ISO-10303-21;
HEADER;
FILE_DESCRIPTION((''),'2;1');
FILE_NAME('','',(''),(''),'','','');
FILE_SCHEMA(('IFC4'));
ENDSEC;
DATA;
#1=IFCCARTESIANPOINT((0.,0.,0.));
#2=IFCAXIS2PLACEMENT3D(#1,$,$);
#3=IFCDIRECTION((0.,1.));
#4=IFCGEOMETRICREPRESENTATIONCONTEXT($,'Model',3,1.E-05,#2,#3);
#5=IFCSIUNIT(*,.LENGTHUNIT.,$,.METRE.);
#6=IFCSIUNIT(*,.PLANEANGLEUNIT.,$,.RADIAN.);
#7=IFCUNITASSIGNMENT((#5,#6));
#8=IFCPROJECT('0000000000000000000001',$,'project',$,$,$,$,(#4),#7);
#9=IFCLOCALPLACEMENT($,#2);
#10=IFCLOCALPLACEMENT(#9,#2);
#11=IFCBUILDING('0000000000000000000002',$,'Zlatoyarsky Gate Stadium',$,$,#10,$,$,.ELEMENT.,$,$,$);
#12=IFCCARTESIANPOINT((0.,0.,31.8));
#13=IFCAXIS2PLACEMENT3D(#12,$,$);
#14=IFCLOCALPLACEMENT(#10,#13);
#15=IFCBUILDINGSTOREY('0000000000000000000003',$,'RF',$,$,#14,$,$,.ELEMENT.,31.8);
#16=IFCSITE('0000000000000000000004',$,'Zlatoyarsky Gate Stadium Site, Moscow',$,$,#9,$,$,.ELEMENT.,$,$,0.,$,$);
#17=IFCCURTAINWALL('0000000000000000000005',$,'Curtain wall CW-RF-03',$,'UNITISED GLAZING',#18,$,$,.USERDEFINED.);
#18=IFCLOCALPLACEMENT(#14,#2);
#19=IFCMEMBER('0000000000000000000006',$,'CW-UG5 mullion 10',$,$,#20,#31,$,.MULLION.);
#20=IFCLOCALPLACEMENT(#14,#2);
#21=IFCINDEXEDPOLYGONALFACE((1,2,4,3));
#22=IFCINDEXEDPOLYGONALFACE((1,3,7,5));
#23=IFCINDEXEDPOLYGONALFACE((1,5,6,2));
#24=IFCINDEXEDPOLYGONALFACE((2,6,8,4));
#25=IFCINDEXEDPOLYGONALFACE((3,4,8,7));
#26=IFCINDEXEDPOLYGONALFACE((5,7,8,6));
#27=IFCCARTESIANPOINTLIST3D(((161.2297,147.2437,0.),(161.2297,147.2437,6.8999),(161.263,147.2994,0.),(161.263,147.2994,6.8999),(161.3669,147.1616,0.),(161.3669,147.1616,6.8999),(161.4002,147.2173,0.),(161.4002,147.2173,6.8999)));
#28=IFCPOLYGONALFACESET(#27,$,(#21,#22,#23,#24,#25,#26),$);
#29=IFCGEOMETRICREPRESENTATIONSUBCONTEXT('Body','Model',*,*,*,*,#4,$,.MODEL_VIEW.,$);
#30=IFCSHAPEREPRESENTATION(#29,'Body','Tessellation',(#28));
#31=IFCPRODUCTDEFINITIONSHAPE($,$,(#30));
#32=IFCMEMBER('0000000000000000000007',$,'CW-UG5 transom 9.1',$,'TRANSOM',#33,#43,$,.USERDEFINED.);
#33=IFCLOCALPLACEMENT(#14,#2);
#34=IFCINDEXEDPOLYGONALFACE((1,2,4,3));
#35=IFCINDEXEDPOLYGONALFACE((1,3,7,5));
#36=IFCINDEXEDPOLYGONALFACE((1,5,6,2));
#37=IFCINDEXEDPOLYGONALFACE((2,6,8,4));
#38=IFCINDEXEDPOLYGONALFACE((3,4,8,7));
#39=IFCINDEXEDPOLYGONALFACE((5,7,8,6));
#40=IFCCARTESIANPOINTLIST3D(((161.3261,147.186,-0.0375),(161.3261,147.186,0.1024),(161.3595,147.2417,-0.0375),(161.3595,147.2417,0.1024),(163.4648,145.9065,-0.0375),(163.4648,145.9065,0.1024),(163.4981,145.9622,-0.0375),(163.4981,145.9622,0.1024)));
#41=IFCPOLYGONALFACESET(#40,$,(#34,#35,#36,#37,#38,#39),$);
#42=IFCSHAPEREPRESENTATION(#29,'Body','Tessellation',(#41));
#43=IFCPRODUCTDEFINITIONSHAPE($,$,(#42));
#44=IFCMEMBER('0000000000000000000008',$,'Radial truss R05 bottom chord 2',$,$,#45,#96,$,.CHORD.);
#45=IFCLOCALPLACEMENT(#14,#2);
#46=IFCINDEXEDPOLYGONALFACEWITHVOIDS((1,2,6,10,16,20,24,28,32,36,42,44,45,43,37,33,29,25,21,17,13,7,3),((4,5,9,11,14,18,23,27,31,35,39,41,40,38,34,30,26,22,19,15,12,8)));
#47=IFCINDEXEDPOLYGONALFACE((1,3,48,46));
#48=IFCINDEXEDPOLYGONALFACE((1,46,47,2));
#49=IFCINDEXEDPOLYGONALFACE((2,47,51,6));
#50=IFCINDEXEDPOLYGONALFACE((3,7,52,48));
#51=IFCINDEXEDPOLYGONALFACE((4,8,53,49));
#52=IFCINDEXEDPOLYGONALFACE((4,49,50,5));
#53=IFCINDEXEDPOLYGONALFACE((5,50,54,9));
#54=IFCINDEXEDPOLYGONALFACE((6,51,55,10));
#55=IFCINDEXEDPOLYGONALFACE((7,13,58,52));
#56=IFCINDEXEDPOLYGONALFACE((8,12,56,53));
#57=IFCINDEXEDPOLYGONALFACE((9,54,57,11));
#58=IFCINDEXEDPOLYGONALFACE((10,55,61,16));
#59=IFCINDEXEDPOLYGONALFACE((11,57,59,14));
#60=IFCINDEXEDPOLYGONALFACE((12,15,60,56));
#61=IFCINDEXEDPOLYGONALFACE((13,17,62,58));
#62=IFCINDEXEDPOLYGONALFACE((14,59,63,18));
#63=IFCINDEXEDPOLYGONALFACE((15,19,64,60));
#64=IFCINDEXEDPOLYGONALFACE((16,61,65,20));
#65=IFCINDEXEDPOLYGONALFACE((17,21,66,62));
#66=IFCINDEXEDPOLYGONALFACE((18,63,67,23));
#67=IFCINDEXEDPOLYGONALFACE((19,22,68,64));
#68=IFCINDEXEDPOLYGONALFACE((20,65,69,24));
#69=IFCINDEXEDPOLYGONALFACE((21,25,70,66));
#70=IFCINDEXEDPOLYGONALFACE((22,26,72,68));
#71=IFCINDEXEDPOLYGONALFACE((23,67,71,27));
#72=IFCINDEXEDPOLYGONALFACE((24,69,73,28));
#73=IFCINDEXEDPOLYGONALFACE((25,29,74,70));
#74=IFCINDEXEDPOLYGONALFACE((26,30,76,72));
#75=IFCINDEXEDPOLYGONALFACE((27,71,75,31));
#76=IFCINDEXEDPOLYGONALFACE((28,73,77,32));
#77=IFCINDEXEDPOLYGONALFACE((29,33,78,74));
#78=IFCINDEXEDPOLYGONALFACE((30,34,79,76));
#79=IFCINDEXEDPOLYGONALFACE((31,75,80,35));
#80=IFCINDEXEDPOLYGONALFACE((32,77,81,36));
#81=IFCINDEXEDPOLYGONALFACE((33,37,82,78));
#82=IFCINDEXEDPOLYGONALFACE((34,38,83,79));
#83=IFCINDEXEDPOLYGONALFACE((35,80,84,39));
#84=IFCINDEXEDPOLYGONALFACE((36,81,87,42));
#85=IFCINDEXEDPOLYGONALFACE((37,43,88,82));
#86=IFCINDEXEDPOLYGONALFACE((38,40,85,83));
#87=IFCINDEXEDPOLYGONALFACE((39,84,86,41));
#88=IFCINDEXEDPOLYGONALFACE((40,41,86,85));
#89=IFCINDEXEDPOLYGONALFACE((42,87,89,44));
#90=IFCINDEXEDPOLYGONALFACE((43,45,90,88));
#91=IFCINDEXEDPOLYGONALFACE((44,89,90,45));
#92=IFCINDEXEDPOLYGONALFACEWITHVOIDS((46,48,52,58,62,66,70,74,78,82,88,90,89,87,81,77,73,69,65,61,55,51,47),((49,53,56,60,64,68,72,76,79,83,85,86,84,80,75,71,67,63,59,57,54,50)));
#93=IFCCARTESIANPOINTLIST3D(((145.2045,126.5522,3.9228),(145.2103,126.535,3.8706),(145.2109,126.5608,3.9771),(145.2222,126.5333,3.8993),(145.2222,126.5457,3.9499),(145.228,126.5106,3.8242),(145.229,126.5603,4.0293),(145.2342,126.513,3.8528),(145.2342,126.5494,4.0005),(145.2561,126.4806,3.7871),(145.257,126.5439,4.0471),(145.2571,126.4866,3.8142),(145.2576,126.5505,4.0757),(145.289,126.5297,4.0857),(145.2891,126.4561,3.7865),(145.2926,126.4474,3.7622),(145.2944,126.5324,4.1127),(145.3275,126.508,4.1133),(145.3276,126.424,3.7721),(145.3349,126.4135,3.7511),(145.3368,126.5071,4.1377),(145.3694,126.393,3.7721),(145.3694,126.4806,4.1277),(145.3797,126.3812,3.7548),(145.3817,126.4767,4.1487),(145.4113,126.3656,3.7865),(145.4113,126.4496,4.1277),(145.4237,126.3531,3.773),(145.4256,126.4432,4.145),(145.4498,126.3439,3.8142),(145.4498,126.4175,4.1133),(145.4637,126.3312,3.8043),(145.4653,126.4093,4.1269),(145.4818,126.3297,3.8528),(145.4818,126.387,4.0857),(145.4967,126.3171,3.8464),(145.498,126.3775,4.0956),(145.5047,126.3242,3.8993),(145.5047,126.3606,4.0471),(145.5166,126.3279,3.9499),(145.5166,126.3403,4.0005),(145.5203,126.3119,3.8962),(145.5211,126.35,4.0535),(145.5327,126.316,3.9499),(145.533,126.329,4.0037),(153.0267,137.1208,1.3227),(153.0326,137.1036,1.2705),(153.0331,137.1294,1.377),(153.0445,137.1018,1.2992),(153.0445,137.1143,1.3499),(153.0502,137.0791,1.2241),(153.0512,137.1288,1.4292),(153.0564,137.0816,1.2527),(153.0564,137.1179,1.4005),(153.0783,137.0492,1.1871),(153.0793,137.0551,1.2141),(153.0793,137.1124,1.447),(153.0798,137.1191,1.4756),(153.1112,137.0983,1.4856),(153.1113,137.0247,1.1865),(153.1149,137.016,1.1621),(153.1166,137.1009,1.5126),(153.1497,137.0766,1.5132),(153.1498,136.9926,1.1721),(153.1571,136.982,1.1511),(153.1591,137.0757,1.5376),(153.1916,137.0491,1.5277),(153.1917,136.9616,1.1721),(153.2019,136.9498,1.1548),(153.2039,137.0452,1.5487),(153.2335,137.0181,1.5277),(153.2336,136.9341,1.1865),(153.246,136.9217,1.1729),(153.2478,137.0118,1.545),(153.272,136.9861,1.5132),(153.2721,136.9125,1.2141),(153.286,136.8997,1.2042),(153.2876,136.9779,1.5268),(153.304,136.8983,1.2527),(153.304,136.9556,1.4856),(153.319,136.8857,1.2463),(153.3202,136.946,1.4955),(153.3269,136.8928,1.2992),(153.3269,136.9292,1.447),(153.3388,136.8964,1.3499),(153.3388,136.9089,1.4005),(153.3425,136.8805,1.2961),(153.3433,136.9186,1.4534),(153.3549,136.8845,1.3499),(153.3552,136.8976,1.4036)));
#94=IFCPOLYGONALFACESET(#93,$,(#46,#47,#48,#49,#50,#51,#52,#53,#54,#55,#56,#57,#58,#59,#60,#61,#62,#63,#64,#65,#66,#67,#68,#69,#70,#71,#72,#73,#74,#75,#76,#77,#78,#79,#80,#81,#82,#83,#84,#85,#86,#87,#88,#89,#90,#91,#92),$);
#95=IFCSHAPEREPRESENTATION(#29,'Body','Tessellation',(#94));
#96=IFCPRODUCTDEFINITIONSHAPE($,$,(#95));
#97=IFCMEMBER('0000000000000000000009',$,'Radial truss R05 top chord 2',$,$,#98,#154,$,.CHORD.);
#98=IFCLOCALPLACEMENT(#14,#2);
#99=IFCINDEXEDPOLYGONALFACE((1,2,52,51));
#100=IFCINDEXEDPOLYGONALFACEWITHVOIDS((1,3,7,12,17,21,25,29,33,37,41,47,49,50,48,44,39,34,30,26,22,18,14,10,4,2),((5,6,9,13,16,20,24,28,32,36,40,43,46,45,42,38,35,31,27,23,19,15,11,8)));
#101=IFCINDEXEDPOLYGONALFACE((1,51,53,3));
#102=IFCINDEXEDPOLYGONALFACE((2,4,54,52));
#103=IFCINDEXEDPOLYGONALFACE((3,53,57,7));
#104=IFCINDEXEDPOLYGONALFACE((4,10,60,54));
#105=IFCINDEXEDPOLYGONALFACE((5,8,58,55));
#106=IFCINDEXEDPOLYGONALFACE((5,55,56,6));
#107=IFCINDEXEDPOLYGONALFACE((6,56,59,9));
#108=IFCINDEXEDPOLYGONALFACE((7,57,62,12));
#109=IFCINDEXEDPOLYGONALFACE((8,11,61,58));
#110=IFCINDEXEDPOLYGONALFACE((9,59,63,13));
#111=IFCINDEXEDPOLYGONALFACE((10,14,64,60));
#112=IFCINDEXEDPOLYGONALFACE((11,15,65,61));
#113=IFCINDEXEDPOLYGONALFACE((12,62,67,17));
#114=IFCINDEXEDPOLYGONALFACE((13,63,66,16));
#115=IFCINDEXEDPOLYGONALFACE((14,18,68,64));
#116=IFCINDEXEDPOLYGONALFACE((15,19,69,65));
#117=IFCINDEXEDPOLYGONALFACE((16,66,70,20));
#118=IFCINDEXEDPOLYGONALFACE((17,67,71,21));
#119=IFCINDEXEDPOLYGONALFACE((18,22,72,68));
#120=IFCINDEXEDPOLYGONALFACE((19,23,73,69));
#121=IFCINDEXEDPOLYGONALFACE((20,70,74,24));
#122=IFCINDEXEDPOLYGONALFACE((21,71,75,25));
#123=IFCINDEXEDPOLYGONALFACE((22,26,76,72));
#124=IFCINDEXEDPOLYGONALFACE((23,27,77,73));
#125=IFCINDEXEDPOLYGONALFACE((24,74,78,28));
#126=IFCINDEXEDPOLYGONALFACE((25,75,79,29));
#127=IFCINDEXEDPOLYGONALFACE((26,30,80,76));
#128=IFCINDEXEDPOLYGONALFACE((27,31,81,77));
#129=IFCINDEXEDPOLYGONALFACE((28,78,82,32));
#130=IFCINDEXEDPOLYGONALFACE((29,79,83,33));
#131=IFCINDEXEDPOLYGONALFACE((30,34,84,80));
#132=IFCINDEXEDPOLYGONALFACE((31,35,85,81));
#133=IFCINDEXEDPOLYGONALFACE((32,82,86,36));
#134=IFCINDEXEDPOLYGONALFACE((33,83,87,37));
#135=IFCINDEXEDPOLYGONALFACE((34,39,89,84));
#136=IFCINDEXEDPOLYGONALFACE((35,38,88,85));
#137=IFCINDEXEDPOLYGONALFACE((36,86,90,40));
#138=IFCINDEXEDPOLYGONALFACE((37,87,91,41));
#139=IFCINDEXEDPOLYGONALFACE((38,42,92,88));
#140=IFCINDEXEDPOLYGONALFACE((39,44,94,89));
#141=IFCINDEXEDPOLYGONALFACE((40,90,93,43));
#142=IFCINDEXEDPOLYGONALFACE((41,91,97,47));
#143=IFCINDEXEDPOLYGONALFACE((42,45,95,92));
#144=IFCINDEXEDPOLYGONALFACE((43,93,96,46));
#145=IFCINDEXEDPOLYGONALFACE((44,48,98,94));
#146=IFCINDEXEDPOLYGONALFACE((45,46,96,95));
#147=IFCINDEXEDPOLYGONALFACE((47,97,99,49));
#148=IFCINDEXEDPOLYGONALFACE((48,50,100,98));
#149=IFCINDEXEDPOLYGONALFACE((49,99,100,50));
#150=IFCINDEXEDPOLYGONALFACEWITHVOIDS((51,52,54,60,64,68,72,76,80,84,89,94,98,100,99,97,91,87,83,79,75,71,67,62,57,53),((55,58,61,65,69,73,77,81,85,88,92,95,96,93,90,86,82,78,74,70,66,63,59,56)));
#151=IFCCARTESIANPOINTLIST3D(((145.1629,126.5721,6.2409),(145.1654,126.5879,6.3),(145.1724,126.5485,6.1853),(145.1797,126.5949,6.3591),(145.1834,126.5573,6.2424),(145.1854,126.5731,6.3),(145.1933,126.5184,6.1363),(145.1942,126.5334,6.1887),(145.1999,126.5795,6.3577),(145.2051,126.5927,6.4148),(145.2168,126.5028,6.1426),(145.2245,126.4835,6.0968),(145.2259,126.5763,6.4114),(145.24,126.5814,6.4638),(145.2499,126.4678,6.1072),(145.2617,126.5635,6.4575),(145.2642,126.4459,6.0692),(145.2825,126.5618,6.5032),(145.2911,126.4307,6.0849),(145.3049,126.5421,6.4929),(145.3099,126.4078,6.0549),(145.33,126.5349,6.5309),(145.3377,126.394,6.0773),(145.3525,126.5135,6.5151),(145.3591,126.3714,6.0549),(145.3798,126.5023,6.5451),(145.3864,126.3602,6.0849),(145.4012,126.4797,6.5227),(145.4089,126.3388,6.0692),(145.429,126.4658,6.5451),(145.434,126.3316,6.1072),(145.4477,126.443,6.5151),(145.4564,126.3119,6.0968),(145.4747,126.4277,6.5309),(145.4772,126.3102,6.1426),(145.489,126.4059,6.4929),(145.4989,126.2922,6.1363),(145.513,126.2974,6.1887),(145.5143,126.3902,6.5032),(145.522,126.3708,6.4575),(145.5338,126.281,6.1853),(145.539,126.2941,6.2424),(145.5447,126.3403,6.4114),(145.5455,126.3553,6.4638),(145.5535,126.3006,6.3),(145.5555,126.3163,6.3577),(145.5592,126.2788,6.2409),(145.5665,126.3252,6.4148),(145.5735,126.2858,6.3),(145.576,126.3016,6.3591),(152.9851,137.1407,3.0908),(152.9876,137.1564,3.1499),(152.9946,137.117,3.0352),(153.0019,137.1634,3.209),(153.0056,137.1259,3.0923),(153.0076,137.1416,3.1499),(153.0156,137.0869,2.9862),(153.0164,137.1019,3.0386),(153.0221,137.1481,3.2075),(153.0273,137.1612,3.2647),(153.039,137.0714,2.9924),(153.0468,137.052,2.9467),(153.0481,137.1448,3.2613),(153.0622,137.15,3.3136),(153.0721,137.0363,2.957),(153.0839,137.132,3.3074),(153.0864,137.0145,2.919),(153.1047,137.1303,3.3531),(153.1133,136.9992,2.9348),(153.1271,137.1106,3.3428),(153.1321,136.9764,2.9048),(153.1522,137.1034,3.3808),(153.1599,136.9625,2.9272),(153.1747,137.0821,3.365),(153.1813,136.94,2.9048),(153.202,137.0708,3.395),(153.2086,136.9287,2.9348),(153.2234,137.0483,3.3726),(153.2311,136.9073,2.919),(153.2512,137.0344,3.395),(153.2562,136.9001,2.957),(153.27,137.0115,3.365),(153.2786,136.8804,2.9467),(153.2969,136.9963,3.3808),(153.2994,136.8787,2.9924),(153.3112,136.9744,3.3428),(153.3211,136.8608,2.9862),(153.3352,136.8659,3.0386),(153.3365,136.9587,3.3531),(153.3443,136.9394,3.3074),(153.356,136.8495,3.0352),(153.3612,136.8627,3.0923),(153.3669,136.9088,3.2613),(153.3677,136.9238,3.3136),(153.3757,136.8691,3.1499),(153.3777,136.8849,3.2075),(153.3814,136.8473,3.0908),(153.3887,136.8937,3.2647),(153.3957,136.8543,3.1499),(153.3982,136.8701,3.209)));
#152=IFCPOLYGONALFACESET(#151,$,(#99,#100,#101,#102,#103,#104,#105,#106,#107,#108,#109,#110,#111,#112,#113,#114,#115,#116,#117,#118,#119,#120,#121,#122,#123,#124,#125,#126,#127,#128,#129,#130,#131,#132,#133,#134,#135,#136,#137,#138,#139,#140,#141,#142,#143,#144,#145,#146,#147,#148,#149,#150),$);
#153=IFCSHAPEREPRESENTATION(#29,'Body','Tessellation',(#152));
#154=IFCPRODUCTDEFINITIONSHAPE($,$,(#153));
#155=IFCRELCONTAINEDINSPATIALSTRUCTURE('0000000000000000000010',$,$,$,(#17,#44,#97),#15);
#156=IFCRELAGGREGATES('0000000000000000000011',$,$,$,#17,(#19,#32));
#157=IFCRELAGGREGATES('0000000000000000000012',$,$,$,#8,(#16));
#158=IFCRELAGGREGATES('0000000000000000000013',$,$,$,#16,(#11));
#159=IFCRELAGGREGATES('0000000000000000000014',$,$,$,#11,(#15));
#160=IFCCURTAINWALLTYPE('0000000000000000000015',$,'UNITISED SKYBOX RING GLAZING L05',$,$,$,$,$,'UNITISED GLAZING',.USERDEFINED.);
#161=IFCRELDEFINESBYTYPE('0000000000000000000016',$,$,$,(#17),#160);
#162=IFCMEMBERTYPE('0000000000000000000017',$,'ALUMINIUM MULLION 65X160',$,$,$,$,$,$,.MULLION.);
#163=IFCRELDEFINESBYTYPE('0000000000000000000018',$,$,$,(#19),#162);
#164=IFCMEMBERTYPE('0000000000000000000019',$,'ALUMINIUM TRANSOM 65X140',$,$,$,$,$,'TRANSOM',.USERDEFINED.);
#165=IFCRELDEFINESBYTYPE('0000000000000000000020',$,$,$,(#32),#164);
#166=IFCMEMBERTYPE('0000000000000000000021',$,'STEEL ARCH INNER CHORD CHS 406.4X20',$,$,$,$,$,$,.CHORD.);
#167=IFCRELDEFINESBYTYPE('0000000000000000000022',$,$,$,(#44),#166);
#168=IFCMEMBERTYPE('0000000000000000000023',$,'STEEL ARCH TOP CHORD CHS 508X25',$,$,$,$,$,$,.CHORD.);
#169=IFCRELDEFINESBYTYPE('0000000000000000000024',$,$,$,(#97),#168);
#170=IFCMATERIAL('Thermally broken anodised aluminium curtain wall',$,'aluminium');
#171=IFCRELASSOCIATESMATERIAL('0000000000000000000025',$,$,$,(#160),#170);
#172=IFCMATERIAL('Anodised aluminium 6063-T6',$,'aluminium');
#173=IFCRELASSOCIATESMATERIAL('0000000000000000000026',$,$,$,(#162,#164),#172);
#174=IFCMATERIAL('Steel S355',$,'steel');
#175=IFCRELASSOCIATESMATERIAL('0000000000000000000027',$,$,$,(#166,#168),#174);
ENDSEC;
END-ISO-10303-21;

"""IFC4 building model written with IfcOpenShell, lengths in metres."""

from ifc_helpers import new_model, si_unit, direction, frame, origin, origin_2d, place, context, subcontext, project, spatial, rectangle, hollow_circle, extrude, material, material_profile, profile_set, type_object, element, aggregate, save


model = new_model("IFC4")

# Units and contexts
model_context = context("Model", 3, precision=1e-05, world=origin(), true_north=direction((0.0, 1.0)))
body_context = subcontext(model_context, "Body", "Model", "MODEL_VIEW")
ifc_project = project(units=[si_unit("LENGTHUNIT", "METRE"), si_unit("PLANEANGLEUNIT", "RADIAN")], contexts=[model_context])

# Site, building, storey
site_placement = place(None, origin())
site = spatial("IfcSite", under=ifc_project, at=site_placement, Name="Zlatoyarsky Gate Stadium Site, Moscow", CompositionType="ELEMENT", RefElevation=0.0)
building_placement = place(site_placement, origin())
building = spatial("IfcBuilding", under=site, at=building_placement, Name="Zlatoyarsky Gate Stadium", CompositionType="ELEMENT")
storey_placement = place(building_placement, frame((0.0, 0.0, 31.8)))
storey = spatial("IfcBuildingStorey", under=building, at=storey_placement, Name="RF", CompositionType="ELEMENT", Elevation=31.8)

# Curtain wall, members
ifc_material_1 = material(Name="Thermally broken anodised aluminium curtain wall", Category="aluminium")
curtain_wall_type = type_object("IfcCurtainWallType", Name="UNITISED SKYBOX RING GLAZING L05", ElementType="UNITISED GLAZING", PredefinedType="USERDEFINED", material=ifc_material_1)
curtain_wall_placement = place(storey_placement, origin())
curtain_wall = element("IfcCurtainWall", 1, at=curtain_wall_placement, inside=storey, type_object=curtain_wall_type, Name="Curtain wall CW-RF-03", ObjectType="UNITISED GLAZING", PredefinedType="USERDEFINED")
ifc_material_2 = material(Name="Anodised aluminium 6063-T6", Category="aluminium")
ifc_material_profile_1 = material_profile(ifc_material_2, rectangle(XDim=0.0649, YDim=0.1599, at=origin_2d()), Name="ALU 65X160")
ifc_profile_set_1 = profile_set([ifc_material_profile_1], Name="Anodised aluminium 6063-T6")
member_type_1 = type_object("IfcMemberType", Name="ALUMINIUM MULLION 65X160", PredefinedType="MULLION", material=ifc_profile_set_1)
member_1_placement = place(storey_placement, frame((161.3149, 147.2305, 0.0), z_axis=(0.0, 0.0, 1.0), x_axis=(-0.513436, -0.858128, 0.0)))
member_1 = element("IfcMember", 2, at=member_1_placement, type_object=member_type_1, Name="CW-UG5 mullion 10", PredefinedType="MULLION", context=body_context, shape_type="SweptSolid", body=[
    extrude(rectangle(XDim=0.0649, YDim=0.1599, at=origin_2d()), origin(), (0.0, 0.0, 1.0), 6.8999),
])
ifc_material_profile_2 = material_profile(ifc_material_2, rectangle(XDim=0.0649, YDim=0.1399, at=origin_2d()), Name="ALU 65X140")
ifc_profile_set_2 = profile_set([ifc_material_profile_2], Name="Anodised aluminium 6063-T6")
member_type_2 = type_object("IfcMemberType", Name="ALUMINIUM TRANSOM 65X140", ElementType="TRANSOM", PredefinedType="USERDEFINED", material=ifc_profile_set_2)
member_2_placement = place(storey_placement, frame((163.4814, 145.9343, 0.0325), z_axis=(-0.858141, 0.513415, 0.0), x_axis=(-0.513415, -0.858141, 0.0)))
member_2 = element("IfcMember", 3, at=member_2_placement, type_object=member_type_2, Name="CW-UG5 transom 9.1", ObjectType="TRANSOM", PredefinedType="USERDEFINED", context=body_context, shape_type="SweptSolid", body=[
    extrude(rectangle(XDim=0.0649, YDim=0.1399, at=origin_2d()), origin(), (0.0, 0.0, 1.0), 2.4922),
])

# Members
ifc_material_3 = material(Name="Steel S355", Category="steel")
ifc_material_profile_3 = material_profile(ifc_material_3, hollow_circle(Radius=0.2031, WallThickness=0.02, at=origin_2d()), Name="CHS 406.4X20")
ifc_profile_set_3 = profile_set([ifc_material_profile_3], Name="Steel S355")
member_type_3 = type_object("IfcMemberType", Name="STEEL ARCH INNER CHORD CHS 406.4X20", PredefinedType="CHORD", material=ifc_profile_set_3)
member_3_placement = place(storey_placement, frame((153.1917, 137.0054, 1.3499), z_axis=(-0.583615, -0.788518, 0.193992), x_axis=(0.803787, -0.594917, 0.0)))
element("IfcMember", 4, at=member_3_placement, inside=storey, type_object=member_type_3, Name="Radial truss R05 bottom chord 2", PredefinedType="CHORD", context=body_context, shape_type="SweptSolid", body=[
    extrude(hollow_circle(Radius=0.2031, WallThickness=0.02, at=origin_2d()), origin(), (0.0, 0.0, 1.0), 13.4031),
])
ifc_material_profile_4 = material_profile(ifc_material_3, hollow_circle(Radius=0.2539, WallThickness=0.0249, at=origin_2d()), Name="CHS 508X25")
ifc_profile_set_4 = profile_set([ifc_material_profile_4], Name="Steel S355")
member_type_4 = type_object("IfcMemberType", Name="STEEL ARCH TOP CHORD CHS 508X25", PredefinedType="CHORD", material=ifc_profile_set_4)
member_4_placement = place(storey_placement, frame((153.1917, 137.0054, 3.1499), z_axis=(-0.578544, -0.781667, 0.232989), x_axis=(0.803787, -0.594917, 0.0)))
element("IfcMember", 5, at=member_4_placement, inside=storey, type_object=member_type_4, Name="Radial truss R05 top chord 2", PredefinedType="CHORD", context=body_context, shape_type="SweptSolid", body=[
    extrude(hollow_circle(Radius=0.2539, WallThickness=0.0249, at=origin_2d()), origin(), (0.0, 0.0, 1.0), 13.5205),
])

aggregate(curtain_wall, [member_1, member_2])

save(model, "model.ifc")
